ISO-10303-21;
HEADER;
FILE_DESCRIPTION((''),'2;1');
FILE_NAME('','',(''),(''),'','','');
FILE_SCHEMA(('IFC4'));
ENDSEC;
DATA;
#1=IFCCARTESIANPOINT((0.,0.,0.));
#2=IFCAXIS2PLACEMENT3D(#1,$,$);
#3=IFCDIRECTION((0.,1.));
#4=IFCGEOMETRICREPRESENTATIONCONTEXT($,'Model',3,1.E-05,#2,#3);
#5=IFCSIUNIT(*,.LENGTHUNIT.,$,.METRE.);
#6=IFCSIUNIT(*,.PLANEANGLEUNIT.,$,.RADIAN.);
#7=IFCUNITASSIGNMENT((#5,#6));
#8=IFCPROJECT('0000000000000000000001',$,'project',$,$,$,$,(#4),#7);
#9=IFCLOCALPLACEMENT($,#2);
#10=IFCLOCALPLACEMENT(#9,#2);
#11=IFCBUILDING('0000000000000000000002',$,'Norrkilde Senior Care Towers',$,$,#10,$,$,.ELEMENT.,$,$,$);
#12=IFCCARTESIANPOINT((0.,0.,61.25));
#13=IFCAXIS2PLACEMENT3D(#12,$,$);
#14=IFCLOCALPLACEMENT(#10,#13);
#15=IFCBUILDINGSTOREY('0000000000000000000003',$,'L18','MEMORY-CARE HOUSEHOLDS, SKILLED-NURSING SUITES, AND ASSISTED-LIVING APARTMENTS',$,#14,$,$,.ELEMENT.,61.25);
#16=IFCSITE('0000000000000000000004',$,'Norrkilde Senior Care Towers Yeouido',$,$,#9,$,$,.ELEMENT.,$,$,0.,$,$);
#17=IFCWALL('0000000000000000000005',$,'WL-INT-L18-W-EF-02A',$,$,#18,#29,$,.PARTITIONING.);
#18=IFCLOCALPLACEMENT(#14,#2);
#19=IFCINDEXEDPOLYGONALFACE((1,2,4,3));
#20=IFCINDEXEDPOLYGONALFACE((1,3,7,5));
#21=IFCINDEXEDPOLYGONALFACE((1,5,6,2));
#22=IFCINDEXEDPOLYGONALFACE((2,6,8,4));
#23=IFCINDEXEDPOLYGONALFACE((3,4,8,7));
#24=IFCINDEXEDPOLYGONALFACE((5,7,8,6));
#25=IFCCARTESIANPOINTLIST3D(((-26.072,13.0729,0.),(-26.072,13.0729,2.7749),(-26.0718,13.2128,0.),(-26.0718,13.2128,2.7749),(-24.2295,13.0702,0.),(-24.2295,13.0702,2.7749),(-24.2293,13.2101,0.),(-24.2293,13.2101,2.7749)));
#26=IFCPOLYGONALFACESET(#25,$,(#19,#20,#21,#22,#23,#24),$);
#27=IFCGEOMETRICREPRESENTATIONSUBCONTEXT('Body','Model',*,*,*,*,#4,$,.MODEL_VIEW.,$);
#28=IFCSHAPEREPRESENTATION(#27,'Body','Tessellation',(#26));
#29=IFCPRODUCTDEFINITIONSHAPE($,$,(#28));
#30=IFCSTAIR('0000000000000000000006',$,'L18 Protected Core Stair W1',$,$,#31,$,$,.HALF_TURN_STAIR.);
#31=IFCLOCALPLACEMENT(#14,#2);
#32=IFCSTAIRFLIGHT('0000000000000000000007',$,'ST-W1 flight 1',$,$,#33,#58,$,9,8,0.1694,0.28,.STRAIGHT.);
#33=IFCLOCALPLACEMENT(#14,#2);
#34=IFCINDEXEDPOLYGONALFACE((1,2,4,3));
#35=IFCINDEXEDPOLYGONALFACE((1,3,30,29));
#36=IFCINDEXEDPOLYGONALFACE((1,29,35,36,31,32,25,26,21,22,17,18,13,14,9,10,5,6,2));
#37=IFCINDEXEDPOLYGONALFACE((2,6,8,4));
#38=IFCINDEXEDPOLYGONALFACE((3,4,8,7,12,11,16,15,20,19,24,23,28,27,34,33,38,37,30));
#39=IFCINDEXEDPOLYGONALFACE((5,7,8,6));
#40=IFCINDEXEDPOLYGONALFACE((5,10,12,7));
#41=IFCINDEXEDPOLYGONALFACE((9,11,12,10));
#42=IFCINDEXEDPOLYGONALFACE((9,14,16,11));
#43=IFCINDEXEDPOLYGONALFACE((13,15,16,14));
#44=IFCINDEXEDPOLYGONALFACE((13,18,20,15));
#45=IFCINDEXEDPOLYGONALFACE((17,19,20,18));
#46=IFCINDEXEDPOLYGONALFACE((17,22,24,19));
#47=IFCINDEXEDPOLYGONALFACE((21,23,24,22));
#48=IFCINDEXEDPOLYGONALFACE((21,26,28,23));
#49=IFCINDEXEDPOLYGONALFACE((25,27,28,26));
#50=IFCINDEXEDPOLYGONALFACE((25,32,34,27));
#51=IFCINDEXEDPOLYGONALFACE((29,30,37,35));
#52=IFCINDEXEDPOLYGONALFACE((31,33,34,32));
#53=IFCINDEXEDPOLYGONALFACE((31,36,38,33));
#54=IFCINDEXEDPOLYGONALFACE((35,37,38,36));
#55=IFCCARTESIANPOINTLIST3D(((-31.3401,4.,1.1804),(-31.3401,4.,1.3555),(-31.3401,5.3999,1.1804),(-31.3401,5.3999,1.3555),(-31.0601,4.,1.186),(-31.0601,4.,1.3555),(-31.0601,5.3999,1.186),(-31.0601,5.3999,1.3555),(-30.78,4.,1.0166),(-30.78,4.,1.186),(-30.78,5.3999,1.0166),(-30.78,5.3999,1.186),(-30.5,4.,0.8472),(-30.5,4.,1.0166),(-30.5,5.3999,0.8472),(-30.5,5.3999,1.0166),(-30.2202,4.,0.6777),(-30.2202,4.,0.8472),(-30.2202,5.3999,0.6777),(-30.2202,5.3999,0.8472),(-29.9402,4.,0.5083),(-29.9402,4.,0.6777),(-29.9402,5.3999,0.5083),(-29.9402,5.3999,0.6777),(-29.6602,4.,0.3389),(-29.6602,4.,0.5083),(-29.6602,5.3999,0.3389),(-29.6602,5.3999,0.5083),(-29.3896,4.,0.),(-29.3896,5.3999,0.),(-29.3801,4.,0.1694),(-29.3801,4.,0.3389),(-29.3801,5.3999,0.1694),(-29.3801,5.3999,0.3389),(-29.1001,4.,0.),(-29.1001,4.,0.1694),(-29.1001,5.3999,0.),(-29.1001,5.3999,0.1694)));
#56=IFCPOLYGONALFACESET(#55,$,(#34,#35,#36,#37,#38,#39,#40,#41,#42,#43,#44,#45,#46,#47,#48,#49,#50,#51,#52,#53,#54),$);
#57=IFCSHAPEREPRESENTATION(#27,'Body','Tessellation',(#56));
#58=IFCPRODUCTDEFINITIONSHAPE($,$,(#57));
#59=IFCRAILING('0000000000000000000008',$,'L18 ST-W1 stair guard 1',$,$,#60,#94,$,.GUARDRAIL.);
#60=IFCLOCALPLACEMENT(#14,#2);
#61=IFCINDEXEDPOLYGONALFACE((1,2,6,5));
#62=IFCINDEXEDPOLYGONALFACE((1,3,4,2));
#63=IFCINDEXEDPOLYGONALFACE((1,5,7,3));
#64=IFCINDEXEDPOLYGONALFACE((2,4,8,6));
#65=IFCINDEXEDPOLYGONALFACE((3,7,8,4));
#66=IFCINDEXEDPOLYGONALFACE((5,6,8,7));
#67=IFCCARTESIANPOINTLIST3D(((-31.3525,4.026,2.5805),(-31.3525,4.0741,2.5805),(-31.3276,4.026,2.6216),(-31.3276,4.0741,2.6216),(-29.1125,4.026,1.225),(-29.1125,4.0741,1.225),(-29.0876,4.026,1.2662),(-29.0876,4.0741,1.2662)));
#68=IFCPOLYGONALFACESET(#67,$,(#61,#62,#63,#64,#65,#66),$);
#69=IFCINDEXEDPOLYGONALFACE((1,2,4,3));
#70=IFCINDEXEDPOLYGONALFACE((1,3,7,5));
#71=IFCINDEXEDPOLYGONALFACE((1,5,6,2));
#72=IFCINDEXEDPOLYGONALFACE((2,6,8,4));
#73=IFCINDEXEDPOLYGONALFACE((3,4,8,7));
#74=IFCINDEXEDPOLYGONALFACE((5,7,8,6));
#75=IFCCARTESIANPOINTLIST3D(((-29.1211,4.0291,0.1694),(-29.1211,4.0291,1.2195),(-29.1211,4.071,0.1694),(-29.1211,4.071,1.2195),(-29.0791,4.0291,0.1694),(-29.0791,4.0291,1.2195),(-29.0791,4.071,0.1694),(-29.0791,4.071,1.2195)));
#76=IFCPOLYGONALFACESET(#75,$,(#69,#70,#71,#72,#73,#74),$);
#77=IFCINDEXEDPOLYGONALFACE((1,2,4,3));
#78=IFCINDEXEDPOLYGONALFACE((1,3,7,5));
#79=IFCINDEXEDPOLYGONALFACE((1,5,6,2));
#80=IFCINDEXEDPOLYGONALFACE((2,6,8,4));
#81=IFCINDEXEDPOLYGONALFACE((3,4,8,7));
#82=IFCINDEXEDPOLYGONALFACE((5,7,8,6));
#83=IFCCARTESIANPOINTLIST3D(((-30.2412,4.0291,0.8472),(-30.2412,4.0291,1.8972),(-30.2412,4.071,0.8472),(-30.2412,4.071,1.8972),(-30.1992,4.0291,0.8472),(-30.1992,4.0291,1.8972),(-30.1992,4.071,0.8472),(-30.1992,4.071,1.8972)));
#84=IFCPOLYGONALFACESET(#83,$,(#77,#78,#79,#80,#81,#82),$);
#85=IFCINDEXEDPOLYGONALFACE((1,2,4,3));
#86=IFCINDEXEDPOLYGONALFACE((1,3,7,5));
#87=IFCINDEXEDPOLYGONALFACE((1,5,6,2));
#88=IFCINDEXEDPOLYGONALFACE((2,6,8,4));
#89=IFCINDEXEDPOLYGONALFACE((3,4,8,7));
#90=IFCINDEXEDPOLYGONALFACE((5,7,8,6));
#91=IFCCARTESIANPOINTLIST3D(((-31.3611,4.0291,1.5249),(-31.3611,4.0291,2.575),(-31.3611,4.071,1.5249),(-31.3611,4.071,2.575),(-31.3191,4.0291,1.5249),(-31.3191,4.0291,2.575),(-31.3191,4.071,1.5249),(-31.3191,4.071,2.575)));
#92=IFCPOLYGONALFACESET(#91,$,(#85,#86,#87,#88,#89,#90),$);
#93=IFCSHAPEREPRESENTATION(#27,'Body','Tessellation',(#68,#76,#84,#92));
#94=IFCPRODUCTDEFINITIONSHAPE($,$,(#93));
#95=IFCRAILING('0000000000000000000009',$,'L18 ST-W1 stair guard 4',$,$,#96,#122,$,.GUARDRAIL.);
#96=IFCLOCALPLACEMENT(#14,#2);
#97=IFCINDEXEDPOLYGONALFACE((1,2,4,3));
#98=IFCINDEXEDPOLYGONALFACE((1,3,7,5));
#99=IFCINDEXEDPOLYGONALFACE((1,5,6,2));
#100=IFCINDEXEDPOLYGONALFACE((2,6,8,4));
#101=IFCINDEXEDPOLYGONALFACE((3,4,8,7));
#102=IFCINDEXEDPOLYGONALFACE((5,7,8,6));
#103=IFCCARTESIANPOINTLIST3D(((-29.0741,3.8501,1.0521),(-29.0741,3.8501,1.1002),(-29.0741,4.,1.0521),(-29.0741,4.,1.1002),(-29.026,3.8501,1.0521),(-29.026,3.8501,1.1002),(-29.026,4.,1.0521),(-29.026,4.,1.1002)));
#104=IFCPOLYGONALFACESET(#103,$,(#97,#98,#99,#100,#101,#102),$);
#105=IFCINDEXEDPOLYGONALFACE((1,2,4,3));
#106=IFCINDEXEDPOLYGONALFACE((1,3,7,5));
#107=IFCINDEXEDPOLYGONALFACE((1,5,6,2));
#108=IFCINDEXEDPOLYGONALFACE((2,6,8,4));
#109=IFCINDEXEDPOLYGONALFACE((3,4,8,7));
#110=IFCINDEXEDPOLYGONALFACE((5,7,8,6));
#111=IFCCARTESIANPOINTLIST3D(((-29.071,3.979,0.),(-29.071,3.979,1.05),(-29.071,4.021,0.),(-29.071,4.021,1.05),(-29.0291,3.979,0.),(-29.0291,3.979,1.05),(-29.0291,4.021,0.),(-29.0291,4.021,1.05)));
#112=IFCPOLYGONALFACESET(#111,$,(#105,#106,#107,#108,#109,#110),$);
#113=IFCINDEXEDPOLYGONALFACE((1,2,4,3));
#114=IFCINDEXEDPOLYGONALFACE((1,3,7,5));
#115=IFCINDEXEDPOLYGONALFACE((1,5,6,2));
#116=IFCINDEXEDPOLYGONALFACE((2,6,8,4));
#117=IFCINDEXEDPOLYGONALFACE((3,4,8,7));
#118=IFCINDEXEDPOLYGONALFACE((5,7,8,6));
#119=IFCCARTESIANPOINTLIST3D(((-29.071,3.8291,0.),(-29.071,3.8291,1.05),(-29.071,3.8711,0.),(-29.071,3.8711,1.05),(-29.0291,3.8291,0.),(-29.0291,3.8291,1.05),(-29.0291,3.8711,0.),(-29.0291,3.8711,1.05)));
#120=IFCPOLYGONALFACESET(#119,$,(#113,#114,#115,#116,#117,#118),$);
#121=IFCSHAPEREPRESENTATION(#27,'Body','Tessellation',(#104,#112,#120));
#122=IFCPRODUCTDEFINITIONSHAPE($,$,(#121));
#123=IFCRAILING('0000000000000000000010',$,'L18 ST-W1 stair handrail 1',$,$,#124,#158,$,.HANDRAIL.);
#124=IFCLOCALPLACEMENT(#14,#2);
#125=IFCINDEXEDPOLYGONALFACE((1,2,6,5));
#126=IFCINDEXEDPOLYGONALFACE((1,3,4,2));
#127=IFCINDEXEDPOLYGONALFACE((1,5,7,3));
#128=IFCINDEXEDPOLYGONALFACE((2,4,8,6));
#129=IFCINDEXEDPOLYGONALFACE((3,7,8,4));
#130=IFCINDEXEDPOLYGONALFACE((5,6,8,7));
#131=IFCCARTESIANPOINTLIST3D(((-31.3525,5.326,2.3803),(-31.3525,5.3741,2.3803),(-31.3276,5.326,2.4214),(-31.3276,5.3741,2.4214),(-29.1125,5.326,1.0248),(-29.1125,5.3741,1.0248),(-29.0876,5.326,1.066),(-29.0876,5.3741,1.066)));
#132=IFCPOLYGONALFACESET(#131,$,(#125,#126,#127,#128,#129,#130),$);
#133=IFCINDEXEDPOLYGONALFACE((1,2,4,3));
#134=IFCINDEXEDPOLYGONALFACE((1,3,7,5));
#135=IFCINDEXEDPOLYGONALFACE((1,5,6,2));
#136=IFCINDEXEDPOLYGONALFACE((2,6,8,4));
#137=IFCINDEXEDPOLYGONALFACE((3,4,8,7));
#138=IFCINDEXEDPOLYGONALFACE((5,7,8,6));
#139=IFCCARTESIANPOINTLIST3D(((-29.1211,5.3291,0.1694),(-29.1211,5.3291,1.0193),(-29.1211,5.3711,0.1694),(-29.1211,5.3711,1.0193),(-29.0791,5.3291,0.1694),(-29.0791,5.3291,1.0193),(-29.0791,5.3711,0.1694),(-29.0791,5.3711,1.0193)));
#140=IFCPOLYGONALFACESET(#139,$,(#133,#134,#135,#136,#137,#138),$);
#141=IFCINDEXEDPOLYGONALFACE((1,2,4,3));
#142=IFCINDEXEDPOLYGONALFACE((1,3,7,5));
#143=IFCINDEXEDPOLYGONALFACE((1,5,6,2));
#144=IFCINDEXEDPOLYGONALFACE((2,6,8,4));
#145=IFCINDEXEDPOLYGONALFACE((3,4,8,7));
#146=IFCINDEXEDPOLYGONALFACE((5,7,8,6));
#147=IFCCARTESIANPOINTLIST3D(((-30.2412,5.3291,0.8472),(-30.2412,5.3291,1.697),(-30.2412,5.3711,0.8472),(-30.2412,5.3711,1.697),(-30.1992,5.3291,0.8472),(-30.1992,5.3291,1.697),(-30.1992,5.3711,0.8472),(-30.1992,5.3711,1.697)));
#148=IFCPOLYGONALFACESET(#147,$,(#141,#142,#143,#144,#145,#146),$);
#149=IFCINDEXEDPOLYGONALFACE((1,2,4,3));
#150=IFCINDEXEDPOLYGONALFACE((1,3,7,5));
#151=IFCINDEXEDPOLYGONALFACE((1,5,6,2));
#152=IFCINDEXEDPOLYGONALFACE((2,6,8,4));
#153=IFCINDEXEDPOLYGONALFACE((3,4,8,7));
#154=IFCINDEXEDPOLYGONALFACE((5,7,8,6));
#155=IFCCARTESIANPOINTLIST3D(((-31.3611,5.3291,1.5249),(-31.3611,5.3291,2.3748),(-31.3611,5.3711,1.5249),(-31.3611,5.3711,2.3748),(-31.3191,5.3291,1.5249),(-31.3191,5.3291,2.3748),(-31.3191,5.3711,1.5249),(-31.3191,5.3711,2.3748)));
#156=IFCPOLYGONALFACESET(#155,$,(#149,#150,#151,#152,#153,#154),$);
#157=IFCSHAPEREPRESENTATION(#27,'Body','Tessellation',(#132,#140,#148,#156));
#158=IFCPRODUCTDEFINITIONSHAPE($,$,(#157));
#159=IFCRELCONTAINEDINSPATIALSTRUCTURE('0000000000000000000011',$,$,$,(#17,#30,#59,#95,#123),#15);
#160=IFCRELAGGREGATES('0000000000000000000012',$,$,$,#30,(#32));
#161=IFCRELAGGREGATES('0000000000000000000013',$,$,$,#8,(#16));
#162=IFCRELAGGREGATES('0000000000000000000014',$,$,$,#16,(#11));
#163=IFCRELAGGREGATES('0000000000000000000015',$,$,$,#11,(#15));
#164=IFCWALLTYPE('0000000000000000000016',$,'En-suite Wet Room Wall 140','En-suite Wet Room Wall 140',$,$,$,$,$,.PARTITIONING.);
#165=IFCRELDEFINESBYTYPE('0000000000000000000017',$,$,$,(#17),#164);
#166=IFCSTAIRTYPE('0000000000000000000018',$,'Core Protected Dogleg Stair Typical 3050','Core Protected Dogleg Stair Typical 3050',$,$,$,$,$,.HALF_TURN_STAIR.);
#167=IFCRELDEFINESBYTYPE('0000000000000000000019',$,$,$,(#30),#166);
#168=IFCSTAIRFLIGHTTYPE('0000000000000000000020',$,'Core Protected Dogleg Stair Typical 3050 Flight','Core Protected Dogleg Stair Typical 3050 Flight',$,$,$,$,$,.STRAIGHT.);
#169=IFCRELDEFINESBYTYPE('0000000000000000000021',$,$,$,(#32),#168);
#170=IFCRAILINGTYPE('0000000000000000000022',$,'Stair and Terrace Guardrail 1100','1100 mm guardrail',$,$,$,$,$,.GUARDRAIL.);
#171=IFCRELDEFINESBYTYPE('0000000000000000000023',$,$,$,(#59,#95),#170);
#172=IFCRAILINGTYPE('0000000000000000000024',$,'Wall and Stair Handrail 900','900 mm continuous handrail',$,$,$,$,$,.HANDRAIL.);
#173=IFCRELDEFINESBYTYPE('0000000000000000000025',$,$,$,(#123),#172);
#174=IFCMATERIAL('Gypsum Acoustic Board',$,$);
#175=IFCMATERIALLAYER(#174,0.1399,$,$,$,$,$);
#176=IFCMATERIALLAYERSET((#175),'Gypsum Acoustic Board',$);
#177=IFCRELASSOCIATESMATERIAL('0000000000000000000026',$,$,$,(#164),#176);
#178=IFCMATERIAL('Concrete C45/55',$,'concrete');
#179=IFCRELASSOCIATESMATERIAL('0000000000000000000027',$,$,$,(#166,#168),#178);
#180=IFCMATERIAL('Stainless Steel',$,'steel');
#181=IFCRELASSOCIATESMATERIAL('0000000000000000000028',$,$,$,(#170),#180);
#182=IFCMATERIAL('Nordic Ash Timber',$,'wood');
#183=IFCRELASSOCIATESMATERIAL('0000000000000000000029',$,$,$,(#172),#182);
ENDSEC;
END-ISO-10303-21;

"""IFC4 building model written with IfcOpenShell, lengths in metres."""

from ifc_helpers import new_model, si_unit, direction, frame, frame_2d, origin, origin_2d, place, context, subcontext, project, spatial, polyline, rectangle, outline, extrude, source, transform, mapped, material, layer, layer_set, type_object, element, aggregate, save


model = new_model("IFC4")

# Units and contexts
model_context = context("Model", 3, precision=1e-05, world=origin(), true_north=direction((0.0, 1.0)))
body_context = subcontext(model_context, "Body", "Model", "MODEL_VIEW")
ifc_project = project(units=[si_unit("LENGTHUNIT", "METRE"), si_unit("PLANEANGLEUNIT", "RADIAN")], contexts=[model_context])

# Site, building, storey
site_placement = place(None, origin())
site = spatial("IfcSite", under=ifc_project, at=site_placement, Name="Norrkilde Senior Care Towers Yeouido", CompositionType="ELEMENT", RefElevation=0.0)
building_placement = place(site_placement, origin())
building = spatial("IfcBuilding", under=site, at=building_placement, Name="Norrkilde Senior Care Towers", CompositionType="ELEMENT")
storey_placement = place(building_placement, frame((0.0, 0.0, 61.25)))
storey = spatial("IfcBuildingStorey", under=building, at=storey_placement, Name="L18", Description="MEMORY-CARE HOUSEHOLDS, SKILLED-NURSING SUITES, AND ASSISTED-LIVING APARTMENTS", CompositionType="ELEMENT", Elevation=61.25)

# Shared definitions
ifc_material_1 = material(Name="Concrete C45/55", Category="concrete")
ifc_material_2 = material(Name="Gypsum Acoustic Board")

# Shared definitions
ifc_layer_1 = layer(ifc_material_2, 0.1399)
ifc_layer_set_1 = layer_set([ifc_layer_1], Name="Gypsum Acoustic Board")
wall_type_1 = type_object("IfcWallType", Name="En-suite Wet Room Wall 140", Description="En-suite Wet Room Wall 140", PredefinedType="PARTITIONING", material=ifc_layer_set_1)
ifc_material_3 = material(Name="Nordic Ash Timber", Category="wood")

# Wall
shared_shape_1 = source(origin(), body_context, "Body", "SweptSolid", [
    extrude(rectangle(XDim=1.8425, YDim=0.1399, at=frame_2d((0.9214, 0.0))), origin(), (0.0, 0.0, 1.0), 2.7749),
])
wall_1_placement = place(storey_placement, frame((-26.072, 13.1428, 0.0), z_axis=(0.0, 0.0, 1.0), x_axis=(0.999999, -0.001458, 0.0)))
element("IfcWall", 1, at=wall_1_placement, inside=storey, type_object=wall_type_1, Name="WL-INT-L18-W-EF-02A", PredefinedType="PARTITIONING", context=body_context, shape_type="MappedRepresentation", body=[
    mapped(shared_shape_1, transform((0.0, 0.0, 0.0), x_axis=(1.0, 0.0, 0.0), y_axis=(0.0, 1.0, 0.0), z_axis=(0.0, 0.0, 1.0), scale=1.0)),
])

# Stair, stair flight
stair_type = type_object("IfcStairType", Name="Core Protected Dogleg Stair Typical 3050", Description="Core Protected Dogleg Stair Typical 3050", PredefinedType="HALF_TURN_STAIR", material=ifc_material_1)
stair_placement = place(storey_placement, origin())
stair = element("IfcStair", 2, at=stair_placement, inside=storey, type_object=stair_type, Name="L18 Protected Core Stair W1", PredefinedType="HALF_TURN_STAIR")
stair_flight_type = type_object("IfcStairFlightType", Name="Core Protected Dogleg Stair Typical 3050 Flight", Description="Core Protected Dogleg Stair Typical 3050 Flight", PredefinedType="STRAIGHT", material=ifc_material_1)
stair_flight_placement = place(storey_placement, frame((-29.1001, 4.7, 0.0), z_axis=(0.0, 0.0, 1.0), x_axis=(-1.0, 0.0, 0.0)))
stair_flight = element("IfcStairFlight", 3, at=stair_flight_placement, type_object=stair_flight_type, Name="ST-W1 flight 1", NumberOfRisers=9, NumberOfTreads=8, PredefinedType="STRAIGHT", RiserHeight=0.1694, TreadLength=0.28, context=body_context, shape_type="SweptSolid", body=[
    extrude(outline(polyline([(0.0, 0.0), (0.0, 0.1694), (0.28, 0.1694), (0.28, 0.3389), (0.5601, 0.3389), (0.5601, 0.5083), (0.8401, 0.5083), (0.8401, 0.6777), (1.1201, 0.6777), (1.1201, 0.8472), (1.3999, 0.8472), (1.3999, 1.0166), (1.6799, 1.0166), (1.6799, 1.186), (1.96, 1.186), (1.96, 1.3555), (2.24, 1.3555), (2.24, 1.5249), (2.24, 1.1804), (0.2896, 0.0), (0.0, 0.0)])), frame((0.0, 0.7, 0.0), z_axis=(0.0, -1.0, 0.0), x_axis=(1.0, 0.0, 0.0)), (0.0, 0.0, 1.0), 1.3999),
])
aggregate(stair, [stair_flight])

# Railings
ifc_material_4 = material(Name="Stainless Steel", Category="steel")
railing_type_1 = type_object("IfcRailingType", Name="Stair and Terrace Guardrail 1100", Description="1100 mm guardrail", PredefinedType="GUARDRAIL", material=ifc_material_4)
railing_1_placement = place(storey_placement, frame((-29.1001, 4.05, 0.1694)))
element("IfcRailing", 4, at=railing_1_placement, inside=storey, type_object=railing_type_1, Name="L18 ST-W1 stair guard 1", PredefinedType="GUARDRAIL", context=body_context, shape_type="SweptSolid", body=[
    extrude(rectangle(XDim=0.0481, YDim=0.0481, at=origin_2d()), frame((0.0, 0.0, 1.0762), z_axis=(-0.855553, 0.0, 0.517715), x_axis=(0.0, -1.0, 0.0)), (0.0, 0.0, 1.0), 2.6182),
    extrude(rectangle(XDim=0.042, YDim=0.042, at=origin_2d()), origin(), (0.0, 0.0, 1.0), 1.05),
    extrude(rectangle(XDim=0.042, YDim=0.042, at=origin_2d()), frame((-1.1201, 0.0, 0.6777)), (0.0, 0.0, 1.0), 1.05),
    extrude(rectangle(XDim=0.042, YDim=0.042, at=origin_2d()), frame((-2.24, 0.0, 1.3555)), (0.0, 0.0, 1.0), 1.05),
])
railing_2_placement = place(storey_placement, frame((-29.05, 4.0, 0.0)))
element("IfcRailing", 5, at=railing_2_placement, inside=storey, type_object=railing_type_1, Name="L18 ST-W1 stair guard 4", PredefinedType="GUARDRAIL", context=body_context, shape_type="SweptSolid", body=[
    extrude(rectangle(XDim=0.0481, YDim=0.0481, at=origin_2d()), frame((0.0, 0.0, 1.0762), z_axis=(0.0, -1.0, 0.0), x_axis=(1.0, 0.0, 0.0)), (0.0, 0.0, 1.0), 0.1499),
    extrude(rectangle(XDim=0.042, YDim=0.042, at=origin_2d()), origin(), (0.0, 0.0, 1.0), 1.05),
    extrude(rectangle(XDim=0.042, YDim=0.042, at=origin_2d()), frame((0.0, -0.1499, 0.0)), (0.0, 0.0, 1.0), 1.05),
])
railing_type_2 = type_object("IfcRailingType", Name="Wall and Stair Handrail 900", Description="900 mm continuous handrail", PredefinedType="HANDRAIL", material=ifc_material_3)
railing_3_placement = place(storey_placement, frame((-29.1001, 5.3501, 0.1694)))
element("IfcRailing", 6, at=railing_3_placement, inside=storey, type_object=railing_type_2, Name="L18 ST-W1 stair handrail 1", PredefinedType="HANDRAIL", context=body_context, shape_type="SweptSolid", body=[
    extrude(rectangle(XDim=0.0481, YDim=0.0481, at=origin_2d()), frame((0.0, 0.0, 0.876), z_axis=(-0.855553, 0.0, 0.517715), x_axis=(0.0, -1.0, 0.0)), (0.0, 0.0, 1.0), 2.6182),
    extrude(rectangle(XDim=0.042, YDim=0.042, at=origin_2d()), origin(), (0.0, 0.0, 1.0), 0.8499),
    extrude(rectangle(XDim=0.042, YDim=0.042, at=origin_2d()), frame((-1.1201, 0.0, 0.6777)), (0.0, 0.0, 1.0), 0.8499),
    extrude(rectangle(XDim=0.042, YDim=0.042, at=origin_2d()), frame((-2.24, 0.0, 1.3555)), (0.0, 0.0, 1.0), 0.8499),
])

save(model, "model.ifc")
